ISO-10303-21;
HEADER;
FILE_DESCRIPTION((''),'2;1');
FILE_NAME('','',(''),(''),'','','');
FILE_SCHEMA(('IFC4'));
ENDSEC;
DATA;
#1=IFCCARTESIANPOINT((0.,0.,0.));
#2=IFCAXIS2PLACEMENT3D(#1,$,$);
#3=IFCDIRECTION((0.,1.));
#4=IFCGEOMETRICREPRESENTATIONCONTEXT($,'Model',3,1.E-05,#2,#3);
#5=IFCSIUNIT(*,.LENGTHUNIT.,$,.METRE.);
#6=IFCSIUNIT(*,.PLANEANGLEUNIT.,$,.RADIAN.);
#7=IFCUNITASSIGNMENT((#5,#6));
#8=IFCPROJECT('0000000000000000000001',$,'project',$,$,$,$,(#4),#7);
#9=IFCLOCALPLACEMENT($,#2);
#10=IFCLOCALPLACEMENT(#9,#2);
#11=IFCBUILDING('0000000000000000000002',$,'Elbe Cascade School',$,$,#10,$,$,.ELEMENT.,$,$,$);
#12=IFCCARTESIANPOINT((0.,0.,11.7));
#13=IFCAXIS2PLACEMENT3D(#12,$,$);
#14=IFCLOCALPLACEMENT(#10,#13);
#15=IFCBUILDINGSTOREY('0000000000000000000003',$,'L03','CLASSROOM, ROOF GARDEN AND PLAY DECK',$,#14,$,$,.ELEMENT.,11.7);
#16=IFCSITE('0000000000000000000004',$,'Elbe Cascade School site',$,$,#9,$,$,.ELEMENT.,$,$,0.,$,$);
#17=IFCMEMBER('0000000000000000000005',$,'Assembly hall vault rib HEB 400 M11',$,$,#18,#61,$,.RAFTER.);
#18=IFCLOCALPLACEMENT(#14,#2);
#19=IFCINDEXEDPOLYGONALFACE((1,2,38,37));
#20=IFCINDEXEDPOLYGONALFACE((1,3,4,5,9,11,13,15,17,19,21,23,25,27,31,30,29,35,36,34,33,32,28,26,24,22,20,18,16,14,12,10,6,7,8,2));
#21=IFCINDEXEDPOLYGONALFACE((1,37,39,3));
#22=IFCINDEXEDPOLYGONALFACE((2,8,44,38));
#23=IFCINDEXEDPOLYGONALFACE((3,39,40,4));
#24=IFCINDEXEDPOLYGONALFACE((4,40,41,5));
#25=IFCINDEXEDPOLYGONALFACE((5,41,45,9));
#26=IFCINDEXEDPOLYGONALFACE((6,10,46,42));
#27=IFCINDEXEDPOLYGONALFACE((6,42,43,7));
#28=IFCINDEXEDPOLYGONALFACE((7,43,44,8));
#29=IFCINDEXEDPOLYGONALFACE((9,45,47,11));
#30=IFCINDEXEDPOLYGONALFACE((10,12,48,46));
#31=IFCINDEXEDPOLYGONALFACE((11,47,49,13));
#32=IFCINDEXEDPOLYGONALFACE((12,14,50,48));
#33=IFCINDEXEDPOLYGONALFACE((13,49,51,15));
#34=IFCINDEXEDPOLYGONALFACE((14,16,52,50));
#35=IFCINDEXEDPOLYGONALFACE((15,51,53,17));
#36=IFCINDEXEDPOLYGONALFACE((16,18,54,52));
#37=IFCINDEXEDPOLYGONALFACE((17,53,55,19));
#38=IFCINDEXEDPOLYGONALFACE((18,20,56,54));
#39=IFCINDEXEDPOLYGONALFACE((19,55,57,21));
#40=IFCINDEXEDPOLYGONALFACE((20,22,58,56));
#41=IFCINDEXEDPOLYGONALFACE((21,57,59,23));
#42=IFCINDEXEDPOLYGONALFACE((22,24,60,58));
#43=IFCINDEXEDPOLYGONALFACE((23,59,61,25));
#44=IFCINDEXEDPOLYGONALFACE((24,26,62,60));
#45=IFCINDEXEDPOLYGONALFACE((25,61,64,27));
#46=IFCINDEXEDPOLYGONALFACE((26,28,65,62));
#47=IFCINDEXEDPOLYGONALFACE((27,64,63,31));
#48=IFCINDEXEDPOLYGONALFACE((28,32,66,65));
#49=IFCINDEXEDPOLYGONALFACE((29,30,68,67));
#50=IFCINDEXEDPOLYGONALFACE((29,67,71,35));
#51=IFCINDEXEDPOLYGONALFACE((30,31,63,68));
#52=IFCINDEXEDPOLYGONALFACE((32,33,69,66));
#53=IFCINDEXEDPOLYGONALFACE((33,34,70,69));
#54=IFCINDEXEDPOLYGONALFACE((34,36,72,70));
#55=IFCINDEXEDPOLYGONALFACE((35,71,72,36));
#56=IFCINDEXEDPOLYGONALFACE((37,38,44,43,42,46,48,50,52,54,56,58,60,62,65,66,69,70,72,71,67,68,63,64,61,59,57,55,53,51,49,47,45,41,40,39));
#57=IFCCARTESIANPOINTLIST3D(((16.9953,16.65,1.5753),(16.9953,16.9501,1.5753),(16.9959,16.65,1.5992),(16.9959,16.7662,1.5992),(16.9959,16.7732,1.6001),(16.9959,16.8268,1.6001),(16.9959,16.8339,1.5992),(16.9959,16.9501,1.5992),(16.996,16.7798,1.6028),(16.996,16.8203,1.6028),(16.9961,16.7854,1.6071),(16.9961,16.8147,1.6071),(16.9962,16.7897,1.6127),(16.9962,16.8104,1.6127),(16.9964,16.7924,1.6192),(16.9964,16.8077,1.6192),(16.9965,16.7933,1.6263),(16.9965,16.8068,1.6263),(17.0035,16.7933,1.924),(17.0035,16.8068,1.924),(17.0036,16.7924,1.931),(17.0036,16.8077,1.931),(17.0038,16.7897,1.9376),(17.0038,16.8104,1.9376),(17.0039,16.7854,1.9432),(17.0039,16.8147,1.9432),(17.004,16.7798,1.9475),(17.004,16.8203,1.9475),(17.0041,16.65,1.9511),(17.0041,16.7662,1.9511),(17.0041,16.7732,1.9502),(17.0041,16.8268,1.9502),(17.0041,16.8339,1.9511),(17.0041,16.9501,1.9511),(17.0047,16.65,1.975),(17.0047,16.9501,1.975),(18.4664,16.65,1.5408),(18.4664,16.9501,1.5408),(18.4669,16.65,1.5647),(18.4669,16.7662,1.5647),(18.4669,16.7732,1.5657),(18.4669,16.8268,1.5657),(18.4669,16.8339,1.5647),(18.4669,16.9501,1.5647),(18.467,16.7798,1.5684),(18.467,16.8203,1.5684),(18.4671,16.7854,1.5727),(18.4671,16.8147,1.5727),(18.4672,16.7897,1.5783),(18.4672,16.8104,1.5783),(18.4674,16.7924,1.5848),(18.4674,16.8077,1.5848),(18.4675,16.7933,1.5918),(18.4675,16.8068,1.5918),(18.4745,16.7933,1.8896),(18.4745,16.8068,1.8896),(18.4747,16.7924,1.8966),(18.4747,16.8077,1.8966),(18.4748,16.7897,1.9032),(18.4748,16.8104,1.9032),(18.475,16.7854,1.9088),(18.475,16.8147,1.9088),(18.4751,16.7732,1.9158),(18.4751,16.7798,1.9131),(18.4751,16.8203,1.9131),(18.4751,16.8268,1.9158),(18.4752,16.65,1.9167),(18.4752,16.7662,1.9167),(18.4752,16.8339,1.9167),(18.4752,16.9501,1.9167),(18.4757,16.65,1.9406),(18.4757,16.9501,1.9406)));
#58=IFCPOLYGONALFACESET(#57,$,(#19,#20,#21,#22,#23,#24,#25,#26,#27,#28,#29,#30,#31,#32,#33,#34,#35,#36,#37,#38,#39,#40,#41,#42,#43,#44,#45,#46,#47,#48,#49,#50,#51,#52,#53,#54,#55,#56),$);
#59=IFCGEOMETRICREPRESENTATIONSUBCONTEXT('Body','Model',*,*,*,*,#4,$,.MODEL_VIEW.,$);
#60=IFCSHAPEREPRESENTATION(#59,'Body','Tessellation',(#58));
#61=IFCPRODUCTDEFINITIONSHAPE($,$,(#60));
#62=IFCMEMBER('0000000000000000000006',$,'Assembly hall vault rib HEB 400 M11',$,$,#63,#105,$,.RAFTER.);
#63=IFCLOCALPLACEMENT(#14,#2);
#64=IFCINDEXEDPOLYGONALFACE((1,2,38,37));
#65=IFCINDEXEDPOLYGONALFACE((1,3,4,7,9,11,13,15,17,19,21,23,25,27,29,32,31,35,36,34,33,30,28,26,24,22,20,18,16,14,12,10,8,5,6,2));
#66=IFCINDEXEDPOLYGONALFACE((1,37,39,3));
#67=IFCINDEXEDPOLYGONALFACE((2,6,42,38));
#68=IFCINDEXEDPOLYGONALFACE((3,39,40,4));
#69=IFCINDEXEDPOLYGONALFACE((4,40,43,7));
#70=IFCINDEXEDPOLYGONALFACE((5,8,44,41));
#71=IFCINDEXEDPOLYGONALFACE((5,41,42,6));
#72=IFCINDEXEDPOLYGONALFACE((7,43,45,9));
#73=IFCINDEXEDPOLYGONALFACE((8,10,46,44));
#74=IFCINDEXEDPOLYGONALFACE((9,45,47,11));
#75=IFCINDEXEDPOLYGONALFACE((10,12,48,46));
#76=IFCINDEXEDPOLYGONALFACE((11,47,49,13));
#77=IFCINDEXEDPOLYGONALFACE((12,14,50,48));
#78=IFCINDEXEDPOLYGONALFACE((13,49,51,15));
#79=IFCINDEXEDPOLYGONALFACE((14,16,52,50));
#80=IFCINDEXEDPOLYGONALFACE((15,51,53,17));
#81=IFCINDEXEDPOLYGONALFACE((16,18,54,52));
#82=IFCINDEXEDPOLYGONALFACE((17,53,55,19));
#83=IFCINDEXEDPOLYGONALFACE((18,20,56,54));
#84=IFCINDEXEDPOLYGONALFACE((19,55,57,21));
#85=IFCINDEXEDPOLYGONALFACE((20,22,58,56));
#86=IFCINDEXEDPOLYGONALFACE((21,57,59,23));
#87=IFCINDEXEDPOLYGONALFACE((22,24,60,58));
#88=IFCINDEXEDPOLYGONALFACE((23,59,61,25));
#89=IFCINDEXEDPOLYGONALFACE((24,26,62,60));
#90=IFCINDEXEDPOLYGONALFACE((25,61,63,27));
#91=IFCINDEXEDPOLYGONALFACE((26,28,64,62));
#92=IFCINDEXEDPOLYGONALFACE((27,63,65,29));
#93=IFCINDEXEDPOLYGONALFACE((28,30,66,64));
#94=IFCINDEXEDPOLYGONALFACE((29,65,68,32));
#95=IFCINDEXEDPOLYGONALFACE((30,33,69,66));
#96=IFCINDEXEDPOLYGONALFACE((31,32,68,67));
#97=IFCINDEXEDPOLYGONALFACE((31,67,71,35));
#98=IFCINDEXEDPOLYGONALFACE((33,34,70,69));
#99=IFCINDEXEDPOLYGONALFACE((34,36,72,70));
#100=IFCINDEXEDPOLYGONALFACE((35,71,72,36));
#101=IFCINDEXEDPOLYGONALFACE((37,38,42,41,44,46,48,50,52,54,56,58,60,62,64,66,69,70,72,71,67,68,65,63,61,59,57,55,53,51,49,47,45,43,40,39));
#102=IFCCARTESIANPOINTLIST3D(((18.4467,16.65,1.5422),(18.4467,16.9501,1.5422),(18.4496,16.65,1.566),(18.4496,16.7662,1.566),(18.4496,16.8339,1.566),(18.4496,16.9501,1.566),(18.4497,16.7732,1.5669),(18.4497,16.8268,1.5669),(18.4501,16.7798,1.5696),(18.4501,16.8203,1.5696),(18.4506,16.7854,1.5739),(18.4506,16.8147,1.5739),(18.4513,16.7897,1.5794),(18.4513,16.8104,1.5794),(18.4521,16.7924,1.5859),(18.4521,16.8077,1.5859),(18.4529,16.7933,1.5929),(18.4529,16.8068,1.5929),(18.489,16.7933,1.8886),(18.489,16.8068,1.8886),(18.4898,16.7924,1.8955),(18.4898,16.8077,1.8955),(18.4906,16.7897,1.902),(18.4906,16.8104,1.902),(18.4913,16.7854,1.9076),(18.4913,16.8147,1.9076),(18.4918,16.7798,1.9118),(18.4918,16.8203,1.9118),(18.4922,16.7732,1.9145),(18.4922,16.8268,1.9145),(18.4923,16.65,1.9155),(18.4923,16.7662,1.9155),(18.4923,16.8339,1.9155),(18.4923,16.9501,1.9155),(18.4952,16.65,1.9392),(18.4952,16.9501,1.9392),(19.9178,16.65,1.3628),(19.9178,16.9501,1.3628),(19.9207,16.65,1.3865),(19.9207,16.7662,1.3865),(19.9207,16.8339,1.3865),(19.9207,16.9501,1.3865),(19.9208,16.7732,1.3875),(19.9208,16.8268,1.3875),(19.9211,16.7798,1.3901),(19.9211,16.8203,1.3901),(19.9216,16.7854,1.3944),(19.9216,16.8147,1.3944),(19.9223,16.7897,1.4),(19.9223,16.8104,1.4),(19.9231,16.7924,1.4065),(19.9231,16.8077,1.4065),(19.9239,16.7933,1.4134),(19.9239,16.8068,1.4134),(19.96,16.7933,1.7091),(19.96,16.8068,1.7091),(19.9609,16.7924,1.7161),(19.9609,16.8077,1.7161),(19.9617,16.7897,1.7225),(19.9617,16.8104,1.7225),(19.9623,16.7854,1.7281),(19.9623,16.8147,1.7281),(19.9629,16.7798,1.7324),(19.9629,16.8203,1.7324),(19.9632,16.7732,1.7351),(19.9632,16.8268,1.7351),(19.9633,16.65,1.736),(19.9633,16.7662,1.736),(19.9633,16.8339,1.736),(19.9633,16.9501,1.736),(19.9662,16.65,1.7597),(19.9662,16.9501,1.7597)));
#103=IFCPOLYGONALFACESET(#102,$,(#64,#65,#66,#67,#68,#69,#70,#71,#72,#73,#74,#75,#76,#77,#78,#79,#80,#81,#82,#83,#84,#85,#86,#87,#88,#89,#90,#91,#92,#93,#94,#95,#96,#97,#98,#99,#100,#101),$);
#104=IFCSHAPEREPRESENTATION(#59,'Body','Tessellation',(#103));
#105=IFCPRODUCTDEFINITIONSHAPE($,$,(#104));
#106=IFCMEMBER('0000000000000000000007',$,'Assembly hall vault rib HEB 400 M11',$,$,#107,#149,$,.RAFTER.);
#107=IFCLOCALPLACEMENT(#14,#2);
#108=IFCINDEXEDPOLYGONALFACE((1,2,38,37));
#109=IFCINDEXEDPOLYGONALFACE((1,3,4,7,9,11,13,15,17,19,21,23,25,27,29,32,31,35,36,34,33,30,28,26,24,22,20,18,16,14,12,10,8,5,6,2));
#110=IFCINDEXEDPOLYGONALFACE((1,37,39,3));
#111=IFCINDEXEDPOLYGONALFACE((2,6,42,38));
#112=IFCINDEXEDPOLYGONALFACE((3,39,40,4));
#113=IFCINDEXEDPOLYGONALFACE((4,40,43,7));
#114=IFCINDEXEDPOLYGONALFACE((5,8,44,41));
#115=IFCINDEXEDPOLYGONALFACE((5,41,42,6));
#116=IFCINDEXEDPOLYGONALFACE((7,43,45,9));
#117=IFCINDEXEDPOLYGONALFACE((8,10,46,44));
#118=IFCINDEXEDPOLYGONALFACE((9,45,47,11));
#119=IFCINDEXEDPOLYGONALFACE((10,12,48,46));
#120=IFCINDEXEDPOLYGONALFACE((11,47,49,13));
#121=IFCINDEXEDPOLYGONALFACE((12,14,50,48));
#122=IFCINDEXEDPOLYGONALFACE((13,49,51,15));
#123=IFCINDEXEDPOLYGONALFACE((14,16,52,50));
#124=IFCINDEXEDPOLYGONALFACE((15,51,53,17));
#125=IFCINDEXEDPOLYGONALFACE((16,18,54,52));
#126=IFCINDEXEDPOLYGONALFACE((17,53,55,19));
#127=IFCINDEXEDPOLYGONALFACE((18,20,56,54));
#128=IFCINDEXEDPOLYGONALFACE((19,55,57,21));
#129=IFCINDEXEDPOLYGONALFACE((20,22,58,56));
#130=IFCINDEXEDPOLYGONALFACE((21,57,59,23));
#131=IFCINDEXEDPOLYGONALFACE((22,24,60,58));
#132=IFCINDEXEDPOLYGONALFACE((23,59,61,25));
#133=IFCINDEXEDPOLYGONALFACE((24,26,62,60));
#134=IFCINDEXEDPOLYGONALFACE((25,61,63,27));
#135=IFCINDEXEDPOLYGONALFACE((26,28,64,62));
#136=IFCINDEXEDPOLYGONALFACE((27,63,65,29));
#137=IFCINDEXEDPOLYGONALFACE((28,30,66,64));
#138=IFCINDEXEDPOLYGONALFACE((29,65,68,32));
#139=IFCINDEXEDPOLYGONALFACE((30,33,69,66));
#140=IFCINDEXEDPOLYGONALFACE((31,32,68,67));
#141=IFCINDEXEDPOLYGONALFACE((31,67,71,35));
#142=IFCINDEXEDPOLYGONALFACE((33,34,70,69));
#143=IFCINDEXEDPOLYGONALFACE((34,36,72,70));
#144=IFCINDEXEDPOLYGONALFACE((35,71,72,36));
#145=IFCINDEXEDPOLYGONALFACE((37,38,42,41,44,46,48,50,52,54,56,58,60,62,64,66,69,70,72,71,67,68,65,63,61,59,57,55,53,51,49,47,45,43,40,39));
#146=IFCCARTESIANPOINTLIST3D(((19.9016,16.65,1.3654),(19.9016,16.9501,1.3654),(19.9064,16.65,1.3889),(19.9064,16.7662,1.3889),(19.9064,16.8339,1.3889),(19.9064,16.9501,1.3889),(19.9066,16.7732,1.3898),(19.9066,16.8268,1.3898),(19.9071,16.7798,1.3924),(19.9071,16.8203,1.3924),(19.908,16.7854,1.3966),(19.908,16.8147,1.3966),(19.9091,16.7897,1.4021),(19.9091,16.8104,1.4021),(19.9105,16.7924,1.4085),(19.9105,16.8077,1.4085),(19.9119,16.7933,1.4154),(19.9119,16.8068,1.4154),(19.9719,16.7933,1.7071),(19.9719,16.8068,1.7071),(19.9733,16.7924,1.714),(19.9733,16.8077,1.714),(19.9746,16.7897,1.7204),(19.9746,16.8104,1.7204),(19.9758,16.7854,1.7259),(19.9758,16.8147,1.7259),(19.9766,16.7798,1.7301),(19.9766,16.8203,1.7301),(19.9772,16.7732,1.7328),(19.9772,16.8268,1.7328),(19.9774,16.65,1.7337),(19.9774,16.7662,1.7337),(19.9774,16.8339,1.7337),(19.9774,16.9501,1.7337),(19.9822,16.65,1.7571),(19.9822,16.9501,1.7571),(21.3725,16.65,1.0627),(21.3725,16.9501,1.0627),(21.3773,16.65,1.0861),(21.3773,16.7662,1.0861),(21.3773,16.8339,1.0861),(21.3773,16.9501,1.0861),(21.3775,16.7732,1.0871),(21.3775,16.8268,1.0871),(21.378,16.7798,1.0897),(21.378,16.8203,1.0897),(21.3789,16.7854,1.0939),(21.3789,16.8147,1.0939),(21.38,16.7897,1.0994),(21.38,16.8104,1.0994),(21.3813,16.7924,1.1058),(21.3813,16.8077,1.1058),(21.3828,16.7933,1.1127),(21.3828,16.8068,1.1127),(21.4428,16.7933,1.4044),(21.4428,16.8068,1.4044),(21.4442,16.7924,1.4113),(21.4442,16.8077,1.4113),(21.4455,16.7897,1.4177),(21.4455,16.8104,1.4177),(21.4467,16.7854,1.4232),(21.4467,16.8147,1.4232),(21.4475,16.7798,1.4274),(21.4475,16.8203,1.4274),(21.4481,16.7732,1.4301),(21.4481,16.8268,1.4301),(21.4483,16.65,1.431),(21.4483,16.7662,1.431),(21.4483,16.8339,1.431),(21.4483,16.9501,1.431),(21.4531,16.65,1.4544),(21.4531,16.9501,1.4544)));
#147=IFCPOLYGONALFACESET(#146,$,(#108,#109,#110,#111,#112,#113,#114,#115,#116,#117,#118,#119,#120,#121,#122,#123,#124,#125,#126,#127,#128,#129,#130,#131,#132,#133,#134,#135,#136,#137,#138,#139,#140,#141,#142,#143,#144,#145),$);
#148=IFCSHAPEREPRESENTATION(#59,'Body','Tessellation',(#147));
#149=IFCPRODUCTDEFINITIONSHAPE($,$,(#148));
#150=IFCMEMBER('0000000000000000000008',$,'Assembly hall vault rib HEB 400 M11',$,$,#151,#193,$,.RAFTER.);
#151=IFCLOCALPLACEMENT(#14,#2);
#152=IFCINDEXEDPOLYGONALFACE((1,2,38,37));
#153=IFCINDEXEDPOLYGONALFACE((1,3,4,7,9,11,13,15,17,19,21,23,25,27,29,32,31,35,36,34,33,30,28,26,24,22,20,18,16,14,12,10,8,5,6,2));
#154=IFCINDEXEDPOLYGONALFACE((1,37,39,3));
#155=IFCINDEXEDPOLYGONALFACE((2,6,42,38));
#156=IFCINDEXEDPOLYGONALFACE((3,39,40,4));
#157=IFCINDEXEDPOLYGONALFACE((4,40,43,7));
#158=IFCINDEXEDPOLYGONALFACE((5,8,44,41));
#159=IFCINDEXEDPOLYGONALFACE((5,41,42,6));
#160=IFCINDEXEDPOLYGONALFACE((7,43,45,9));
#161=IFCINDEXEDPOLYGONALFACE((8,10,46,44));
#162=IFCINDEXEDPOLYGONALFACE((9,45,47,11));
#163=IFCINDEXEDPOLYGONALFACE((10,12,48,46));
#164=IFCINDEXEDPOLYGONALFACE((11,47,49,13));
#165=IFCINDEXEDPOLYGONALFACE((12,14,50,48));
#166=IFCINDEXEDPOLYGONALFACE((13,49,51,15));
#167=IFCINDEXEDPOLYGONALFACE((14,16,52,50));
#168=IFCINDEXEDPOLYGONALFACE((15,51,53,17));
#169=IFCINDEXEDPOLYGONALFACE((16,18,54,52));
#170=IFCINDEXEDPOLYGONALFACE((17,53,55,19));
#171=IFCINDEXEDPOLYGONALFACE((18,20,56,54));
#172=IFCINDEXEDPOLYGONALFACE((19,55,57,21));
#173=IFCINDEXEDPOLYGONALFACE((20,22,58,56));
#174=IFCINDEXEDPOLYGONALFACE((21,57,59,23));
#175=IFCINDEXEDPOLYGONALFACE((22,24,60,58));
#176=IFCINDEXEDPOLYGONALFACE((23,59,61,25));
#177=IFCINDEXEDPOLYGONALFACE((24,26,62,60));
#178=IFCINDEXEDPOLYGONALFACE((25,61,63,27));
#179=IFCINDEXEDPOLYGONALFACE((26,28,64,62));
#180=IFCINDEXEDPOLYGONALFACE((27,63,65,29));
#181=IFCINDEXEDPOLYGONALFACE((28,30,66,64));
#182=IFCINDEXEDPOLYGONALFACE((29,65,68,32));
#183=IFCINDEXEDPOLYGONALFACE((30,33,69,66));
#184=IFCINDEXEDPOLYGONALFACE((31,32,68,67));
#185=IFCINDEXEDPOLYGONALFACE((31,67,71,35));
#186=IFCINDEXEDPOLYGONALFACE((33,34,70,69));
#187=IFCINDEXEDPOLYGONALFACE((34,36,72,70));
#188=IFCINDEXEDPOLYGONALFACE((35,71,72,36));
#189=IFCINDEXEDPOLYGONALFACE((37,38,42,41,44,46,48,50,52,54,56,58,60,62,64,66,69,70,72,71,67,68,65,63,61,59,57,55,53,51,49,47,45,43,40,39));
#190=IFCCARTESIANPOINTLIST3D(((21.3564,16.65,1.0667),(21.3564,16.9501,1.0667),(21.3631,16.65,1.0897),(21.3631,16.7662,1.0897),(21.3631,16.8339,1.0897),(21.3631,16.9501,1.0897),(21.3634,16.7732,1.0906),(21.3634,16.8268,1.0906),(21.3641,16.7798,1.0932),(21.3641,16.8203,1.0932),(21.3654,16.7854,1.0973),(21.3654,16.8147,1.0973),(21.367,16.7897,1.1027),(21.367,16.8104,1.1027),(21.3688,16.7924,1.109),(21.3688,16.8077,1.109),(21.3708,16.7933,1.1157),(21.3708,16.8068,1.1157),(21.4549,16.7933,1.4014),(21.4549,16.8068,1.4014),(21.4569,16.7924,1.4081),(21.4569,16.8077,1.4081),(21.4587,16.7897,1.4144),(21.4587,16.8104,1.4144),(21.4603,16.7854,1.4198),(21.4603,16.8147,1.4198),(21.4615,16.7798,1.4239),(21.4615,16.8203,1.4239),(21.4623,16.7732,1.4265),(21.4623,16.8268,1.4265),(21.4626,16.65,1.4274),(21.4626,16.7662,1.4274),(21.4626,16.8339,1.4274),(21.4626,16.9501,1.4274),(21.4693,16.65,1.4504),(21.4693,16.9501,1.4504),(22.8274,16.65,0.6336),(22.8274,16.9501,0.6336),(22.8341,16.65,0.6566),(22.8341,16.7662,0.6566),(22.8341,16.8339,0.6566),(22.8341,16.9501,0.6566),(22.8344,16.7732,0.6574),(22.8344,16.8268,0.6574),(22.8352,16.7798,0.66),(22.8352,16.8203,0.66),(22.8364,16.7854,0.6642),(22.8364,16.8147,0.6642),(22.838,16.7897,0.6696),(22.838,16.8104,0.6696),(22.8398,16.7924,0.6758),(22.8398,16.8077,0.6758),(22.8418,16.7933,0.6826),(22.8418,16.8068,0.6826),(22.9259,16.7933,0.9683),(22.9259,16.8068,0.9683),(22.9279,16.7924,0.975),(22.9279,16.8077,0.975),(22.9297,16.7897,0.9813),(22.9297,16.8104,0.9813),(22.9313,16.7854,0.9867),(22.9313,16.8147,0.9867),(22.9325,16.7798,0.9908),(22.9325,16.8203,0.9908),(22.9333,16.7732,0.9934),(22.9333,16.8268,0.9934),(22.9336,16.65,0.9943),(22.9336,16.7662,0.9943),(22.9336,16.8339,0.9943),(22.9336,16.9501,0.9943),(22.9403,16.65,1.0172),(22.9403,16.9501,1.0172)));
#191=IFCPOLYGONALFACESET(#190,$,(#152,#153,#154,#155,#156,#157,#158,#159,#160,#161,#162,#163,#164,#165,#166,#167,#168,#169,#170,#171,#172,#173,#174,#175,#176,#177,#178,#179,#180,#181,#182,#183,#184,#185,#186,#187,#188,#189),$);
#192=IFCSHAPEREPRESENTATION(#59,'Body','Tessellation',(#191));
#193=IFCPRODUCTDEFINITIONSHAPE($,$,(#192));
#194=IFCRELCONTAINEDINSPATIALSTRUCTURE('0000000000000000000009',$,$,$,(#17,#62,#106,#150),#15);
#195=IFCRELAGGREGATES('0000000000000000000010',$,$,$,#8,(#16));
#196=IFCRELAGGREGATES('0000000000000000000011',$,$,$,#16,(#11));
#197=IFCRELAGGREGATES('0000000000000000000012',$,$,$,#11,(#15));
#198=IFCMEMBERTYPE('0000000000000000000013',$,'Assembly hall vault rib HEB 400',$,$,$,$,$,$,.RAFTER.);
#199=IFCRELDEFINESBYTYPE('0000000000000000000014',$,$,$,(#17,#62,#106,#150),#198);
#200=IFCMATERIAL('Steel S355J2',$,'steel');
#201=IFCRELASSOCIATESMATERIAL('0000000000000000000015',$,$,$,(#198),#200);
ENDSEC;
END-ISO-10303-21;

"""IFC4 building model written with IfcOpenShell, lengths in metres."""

from ifc_helpers import new_model, si_unit, direction, frame, origin, origin_2d, place, context, subcontext, project, spatial, i_section, extrude, material, material_profile, profile_set, type_object, element, save


model = new_model("IFC4")

# Units and contexts
model_context = context("Model", 3, precision=1e-05, world=origin(), true_north=direction((0.0, 1.0)))
body_context = subcontext(model_context, "Body", "Model", "MODEL_VIEW")
ifc_project = project(units=[si_unit("LENGTHUNIT", "METRE"), si_unit("PLANEANGLEUNIT", "RADIAN")], contexts=[model_context])

# Site, building, storey
site_placement = place(None, origin())
site = spatial("IfcSite", under=ifc_project, at=site_placement, Name="Elbe Cascade School site", CompositionType="ELEMENT", RefElevation=0.0)
building_placement = place(site_placement, origin())
building = spatial("IfcBuilding", under=site, at=building_placement, Name="Elbe Cascade School", CompositionType="ELEMENT")
storey_placement = place(building_placement, frame((0.0, 0.0, 11.7)))
storey = spatial("IfcBuildingStorey", under=building, at=storey_placement, Name="L03", Description="CLASSROOM, ROOF GARDEN AND PLAY DECK", CompositionType="ELEMENT", Elevation=11.7)

# Members
ifc_material_1 = material(Name="Steel S355J2", Category="steel")
ifc_material_profile_1 = material_profile(ifc_material_1, i_section(OverallWidth=0.3, OverallDepth=0.3999, WebThickness=0.0134, FlangeThickness=0.0239, FilletRadius=0.0271, at=origin_2d()), Name="HEB 400")
ifc_profile_set_1 = profile_set([ifc_material_profile_1], Name="Steel S355J2")
member_type_1 = type_object("IfcMemberType", Name="Assembly hall vault rib HEB 400", PredefinedType="RAFTER", material=ifc_profile_set_1)
for number, where, z_axis, x_axis, name in (
    (1, (17.0, 16.8, 1.7751), (0.999726, 0.0, -0.023396), (0.0, 1.0, 0.0), "Assembly hall vault rib HEB 400 M11"),
):
    element("IfcMember", number, at=place(storey_placement, frame(where, z_axis=z_axis, x_axis=x_axis)), inside=storey, type_object=member_type_1, Name=name, PredefinedType="RAFTER", context=body_context, shape_type="SweptSolid", body=[
        extrude(i_section(OverallWidth=0.3, OverallDepth=0.3999, WebThickness=0.0134, FlangeThickness=0.0239, FilletRadius=0.0271, at=origin_2d()), origin(), (0.0, 0.0, 1.0), 1.4714),
    ])
member_1_placement = place(storey_placement, frame((18.4709, 16.8, 1.7407), z_axis=(0.992641, 0.0, -0.121094), x_axis=(0.0, 1.0, 0.0)))
element("IfcMember", 2, at=member_1_placement, inside=storey, type_object=member_type_1, Name="Assembly hall vault rib HEB 400 M11", PredefinedType="RAFTER", context=body_context, shape_type="SweptSolid", body=[
    extrude(i_section(OverallWidth=0.3, OverallDepth=0.3999, WebThickness=0.0134, FlangeThickness=0.0239, FilletRadius=0.0271, at=origin_2d()), origin(), (0.0, 0.0, 1.0), 1.4819),
])
member_2_placement = place(storey_placement, frame((19.9419, 16.8, 1.5613), z_axis=(0.979471, 0.0, -0.201584), x_axis=(0.0, 1.0, 0.0)))
element("IfcMember", 3, at=member_2_placement, inside=storey, type_object=member_type_1, Name="Assembly hall vault rib HEB 400 M11", PredefinedType="RAFTER", context=body_context, shape_type="SweptSolid", body=[
    extrude(i_section(OverallWidth=0.3, OverallDepth=0.3999, WebThickness=0.0134, FlangeThickness=0.0239, FilletRadius=0.0271, at=origin_2d()), origin(), (0.0, 0.0, 1.0), 1.5017),
])
member_3_placement = place(storey_placement, frame((21.4128, 16.8, 1.2585), z_axis=(0.959282, 0.0, -0.282451), x_axis=(0.0, 1.0, 0.0)))
element("IfcMember", 4, at=member_3_placement, inside=storey, type_object=member_type_1, Name="Assembly hall vault rib HEB 400 M11", PredefinedType="RAFTER", context=body_context, shape_type="SweptSolid", body=[
    extrude(i_section(OverallWidth=0.3, OverallDepth=0.3999, WebThickness=0.0134, FlangeThickness=0.0239, FilletRadius=0.0271, at=origin_2d()), origin(), (0.0, 0.0, 1.0), 1.5334),
])

save(model, "model.ifc")
